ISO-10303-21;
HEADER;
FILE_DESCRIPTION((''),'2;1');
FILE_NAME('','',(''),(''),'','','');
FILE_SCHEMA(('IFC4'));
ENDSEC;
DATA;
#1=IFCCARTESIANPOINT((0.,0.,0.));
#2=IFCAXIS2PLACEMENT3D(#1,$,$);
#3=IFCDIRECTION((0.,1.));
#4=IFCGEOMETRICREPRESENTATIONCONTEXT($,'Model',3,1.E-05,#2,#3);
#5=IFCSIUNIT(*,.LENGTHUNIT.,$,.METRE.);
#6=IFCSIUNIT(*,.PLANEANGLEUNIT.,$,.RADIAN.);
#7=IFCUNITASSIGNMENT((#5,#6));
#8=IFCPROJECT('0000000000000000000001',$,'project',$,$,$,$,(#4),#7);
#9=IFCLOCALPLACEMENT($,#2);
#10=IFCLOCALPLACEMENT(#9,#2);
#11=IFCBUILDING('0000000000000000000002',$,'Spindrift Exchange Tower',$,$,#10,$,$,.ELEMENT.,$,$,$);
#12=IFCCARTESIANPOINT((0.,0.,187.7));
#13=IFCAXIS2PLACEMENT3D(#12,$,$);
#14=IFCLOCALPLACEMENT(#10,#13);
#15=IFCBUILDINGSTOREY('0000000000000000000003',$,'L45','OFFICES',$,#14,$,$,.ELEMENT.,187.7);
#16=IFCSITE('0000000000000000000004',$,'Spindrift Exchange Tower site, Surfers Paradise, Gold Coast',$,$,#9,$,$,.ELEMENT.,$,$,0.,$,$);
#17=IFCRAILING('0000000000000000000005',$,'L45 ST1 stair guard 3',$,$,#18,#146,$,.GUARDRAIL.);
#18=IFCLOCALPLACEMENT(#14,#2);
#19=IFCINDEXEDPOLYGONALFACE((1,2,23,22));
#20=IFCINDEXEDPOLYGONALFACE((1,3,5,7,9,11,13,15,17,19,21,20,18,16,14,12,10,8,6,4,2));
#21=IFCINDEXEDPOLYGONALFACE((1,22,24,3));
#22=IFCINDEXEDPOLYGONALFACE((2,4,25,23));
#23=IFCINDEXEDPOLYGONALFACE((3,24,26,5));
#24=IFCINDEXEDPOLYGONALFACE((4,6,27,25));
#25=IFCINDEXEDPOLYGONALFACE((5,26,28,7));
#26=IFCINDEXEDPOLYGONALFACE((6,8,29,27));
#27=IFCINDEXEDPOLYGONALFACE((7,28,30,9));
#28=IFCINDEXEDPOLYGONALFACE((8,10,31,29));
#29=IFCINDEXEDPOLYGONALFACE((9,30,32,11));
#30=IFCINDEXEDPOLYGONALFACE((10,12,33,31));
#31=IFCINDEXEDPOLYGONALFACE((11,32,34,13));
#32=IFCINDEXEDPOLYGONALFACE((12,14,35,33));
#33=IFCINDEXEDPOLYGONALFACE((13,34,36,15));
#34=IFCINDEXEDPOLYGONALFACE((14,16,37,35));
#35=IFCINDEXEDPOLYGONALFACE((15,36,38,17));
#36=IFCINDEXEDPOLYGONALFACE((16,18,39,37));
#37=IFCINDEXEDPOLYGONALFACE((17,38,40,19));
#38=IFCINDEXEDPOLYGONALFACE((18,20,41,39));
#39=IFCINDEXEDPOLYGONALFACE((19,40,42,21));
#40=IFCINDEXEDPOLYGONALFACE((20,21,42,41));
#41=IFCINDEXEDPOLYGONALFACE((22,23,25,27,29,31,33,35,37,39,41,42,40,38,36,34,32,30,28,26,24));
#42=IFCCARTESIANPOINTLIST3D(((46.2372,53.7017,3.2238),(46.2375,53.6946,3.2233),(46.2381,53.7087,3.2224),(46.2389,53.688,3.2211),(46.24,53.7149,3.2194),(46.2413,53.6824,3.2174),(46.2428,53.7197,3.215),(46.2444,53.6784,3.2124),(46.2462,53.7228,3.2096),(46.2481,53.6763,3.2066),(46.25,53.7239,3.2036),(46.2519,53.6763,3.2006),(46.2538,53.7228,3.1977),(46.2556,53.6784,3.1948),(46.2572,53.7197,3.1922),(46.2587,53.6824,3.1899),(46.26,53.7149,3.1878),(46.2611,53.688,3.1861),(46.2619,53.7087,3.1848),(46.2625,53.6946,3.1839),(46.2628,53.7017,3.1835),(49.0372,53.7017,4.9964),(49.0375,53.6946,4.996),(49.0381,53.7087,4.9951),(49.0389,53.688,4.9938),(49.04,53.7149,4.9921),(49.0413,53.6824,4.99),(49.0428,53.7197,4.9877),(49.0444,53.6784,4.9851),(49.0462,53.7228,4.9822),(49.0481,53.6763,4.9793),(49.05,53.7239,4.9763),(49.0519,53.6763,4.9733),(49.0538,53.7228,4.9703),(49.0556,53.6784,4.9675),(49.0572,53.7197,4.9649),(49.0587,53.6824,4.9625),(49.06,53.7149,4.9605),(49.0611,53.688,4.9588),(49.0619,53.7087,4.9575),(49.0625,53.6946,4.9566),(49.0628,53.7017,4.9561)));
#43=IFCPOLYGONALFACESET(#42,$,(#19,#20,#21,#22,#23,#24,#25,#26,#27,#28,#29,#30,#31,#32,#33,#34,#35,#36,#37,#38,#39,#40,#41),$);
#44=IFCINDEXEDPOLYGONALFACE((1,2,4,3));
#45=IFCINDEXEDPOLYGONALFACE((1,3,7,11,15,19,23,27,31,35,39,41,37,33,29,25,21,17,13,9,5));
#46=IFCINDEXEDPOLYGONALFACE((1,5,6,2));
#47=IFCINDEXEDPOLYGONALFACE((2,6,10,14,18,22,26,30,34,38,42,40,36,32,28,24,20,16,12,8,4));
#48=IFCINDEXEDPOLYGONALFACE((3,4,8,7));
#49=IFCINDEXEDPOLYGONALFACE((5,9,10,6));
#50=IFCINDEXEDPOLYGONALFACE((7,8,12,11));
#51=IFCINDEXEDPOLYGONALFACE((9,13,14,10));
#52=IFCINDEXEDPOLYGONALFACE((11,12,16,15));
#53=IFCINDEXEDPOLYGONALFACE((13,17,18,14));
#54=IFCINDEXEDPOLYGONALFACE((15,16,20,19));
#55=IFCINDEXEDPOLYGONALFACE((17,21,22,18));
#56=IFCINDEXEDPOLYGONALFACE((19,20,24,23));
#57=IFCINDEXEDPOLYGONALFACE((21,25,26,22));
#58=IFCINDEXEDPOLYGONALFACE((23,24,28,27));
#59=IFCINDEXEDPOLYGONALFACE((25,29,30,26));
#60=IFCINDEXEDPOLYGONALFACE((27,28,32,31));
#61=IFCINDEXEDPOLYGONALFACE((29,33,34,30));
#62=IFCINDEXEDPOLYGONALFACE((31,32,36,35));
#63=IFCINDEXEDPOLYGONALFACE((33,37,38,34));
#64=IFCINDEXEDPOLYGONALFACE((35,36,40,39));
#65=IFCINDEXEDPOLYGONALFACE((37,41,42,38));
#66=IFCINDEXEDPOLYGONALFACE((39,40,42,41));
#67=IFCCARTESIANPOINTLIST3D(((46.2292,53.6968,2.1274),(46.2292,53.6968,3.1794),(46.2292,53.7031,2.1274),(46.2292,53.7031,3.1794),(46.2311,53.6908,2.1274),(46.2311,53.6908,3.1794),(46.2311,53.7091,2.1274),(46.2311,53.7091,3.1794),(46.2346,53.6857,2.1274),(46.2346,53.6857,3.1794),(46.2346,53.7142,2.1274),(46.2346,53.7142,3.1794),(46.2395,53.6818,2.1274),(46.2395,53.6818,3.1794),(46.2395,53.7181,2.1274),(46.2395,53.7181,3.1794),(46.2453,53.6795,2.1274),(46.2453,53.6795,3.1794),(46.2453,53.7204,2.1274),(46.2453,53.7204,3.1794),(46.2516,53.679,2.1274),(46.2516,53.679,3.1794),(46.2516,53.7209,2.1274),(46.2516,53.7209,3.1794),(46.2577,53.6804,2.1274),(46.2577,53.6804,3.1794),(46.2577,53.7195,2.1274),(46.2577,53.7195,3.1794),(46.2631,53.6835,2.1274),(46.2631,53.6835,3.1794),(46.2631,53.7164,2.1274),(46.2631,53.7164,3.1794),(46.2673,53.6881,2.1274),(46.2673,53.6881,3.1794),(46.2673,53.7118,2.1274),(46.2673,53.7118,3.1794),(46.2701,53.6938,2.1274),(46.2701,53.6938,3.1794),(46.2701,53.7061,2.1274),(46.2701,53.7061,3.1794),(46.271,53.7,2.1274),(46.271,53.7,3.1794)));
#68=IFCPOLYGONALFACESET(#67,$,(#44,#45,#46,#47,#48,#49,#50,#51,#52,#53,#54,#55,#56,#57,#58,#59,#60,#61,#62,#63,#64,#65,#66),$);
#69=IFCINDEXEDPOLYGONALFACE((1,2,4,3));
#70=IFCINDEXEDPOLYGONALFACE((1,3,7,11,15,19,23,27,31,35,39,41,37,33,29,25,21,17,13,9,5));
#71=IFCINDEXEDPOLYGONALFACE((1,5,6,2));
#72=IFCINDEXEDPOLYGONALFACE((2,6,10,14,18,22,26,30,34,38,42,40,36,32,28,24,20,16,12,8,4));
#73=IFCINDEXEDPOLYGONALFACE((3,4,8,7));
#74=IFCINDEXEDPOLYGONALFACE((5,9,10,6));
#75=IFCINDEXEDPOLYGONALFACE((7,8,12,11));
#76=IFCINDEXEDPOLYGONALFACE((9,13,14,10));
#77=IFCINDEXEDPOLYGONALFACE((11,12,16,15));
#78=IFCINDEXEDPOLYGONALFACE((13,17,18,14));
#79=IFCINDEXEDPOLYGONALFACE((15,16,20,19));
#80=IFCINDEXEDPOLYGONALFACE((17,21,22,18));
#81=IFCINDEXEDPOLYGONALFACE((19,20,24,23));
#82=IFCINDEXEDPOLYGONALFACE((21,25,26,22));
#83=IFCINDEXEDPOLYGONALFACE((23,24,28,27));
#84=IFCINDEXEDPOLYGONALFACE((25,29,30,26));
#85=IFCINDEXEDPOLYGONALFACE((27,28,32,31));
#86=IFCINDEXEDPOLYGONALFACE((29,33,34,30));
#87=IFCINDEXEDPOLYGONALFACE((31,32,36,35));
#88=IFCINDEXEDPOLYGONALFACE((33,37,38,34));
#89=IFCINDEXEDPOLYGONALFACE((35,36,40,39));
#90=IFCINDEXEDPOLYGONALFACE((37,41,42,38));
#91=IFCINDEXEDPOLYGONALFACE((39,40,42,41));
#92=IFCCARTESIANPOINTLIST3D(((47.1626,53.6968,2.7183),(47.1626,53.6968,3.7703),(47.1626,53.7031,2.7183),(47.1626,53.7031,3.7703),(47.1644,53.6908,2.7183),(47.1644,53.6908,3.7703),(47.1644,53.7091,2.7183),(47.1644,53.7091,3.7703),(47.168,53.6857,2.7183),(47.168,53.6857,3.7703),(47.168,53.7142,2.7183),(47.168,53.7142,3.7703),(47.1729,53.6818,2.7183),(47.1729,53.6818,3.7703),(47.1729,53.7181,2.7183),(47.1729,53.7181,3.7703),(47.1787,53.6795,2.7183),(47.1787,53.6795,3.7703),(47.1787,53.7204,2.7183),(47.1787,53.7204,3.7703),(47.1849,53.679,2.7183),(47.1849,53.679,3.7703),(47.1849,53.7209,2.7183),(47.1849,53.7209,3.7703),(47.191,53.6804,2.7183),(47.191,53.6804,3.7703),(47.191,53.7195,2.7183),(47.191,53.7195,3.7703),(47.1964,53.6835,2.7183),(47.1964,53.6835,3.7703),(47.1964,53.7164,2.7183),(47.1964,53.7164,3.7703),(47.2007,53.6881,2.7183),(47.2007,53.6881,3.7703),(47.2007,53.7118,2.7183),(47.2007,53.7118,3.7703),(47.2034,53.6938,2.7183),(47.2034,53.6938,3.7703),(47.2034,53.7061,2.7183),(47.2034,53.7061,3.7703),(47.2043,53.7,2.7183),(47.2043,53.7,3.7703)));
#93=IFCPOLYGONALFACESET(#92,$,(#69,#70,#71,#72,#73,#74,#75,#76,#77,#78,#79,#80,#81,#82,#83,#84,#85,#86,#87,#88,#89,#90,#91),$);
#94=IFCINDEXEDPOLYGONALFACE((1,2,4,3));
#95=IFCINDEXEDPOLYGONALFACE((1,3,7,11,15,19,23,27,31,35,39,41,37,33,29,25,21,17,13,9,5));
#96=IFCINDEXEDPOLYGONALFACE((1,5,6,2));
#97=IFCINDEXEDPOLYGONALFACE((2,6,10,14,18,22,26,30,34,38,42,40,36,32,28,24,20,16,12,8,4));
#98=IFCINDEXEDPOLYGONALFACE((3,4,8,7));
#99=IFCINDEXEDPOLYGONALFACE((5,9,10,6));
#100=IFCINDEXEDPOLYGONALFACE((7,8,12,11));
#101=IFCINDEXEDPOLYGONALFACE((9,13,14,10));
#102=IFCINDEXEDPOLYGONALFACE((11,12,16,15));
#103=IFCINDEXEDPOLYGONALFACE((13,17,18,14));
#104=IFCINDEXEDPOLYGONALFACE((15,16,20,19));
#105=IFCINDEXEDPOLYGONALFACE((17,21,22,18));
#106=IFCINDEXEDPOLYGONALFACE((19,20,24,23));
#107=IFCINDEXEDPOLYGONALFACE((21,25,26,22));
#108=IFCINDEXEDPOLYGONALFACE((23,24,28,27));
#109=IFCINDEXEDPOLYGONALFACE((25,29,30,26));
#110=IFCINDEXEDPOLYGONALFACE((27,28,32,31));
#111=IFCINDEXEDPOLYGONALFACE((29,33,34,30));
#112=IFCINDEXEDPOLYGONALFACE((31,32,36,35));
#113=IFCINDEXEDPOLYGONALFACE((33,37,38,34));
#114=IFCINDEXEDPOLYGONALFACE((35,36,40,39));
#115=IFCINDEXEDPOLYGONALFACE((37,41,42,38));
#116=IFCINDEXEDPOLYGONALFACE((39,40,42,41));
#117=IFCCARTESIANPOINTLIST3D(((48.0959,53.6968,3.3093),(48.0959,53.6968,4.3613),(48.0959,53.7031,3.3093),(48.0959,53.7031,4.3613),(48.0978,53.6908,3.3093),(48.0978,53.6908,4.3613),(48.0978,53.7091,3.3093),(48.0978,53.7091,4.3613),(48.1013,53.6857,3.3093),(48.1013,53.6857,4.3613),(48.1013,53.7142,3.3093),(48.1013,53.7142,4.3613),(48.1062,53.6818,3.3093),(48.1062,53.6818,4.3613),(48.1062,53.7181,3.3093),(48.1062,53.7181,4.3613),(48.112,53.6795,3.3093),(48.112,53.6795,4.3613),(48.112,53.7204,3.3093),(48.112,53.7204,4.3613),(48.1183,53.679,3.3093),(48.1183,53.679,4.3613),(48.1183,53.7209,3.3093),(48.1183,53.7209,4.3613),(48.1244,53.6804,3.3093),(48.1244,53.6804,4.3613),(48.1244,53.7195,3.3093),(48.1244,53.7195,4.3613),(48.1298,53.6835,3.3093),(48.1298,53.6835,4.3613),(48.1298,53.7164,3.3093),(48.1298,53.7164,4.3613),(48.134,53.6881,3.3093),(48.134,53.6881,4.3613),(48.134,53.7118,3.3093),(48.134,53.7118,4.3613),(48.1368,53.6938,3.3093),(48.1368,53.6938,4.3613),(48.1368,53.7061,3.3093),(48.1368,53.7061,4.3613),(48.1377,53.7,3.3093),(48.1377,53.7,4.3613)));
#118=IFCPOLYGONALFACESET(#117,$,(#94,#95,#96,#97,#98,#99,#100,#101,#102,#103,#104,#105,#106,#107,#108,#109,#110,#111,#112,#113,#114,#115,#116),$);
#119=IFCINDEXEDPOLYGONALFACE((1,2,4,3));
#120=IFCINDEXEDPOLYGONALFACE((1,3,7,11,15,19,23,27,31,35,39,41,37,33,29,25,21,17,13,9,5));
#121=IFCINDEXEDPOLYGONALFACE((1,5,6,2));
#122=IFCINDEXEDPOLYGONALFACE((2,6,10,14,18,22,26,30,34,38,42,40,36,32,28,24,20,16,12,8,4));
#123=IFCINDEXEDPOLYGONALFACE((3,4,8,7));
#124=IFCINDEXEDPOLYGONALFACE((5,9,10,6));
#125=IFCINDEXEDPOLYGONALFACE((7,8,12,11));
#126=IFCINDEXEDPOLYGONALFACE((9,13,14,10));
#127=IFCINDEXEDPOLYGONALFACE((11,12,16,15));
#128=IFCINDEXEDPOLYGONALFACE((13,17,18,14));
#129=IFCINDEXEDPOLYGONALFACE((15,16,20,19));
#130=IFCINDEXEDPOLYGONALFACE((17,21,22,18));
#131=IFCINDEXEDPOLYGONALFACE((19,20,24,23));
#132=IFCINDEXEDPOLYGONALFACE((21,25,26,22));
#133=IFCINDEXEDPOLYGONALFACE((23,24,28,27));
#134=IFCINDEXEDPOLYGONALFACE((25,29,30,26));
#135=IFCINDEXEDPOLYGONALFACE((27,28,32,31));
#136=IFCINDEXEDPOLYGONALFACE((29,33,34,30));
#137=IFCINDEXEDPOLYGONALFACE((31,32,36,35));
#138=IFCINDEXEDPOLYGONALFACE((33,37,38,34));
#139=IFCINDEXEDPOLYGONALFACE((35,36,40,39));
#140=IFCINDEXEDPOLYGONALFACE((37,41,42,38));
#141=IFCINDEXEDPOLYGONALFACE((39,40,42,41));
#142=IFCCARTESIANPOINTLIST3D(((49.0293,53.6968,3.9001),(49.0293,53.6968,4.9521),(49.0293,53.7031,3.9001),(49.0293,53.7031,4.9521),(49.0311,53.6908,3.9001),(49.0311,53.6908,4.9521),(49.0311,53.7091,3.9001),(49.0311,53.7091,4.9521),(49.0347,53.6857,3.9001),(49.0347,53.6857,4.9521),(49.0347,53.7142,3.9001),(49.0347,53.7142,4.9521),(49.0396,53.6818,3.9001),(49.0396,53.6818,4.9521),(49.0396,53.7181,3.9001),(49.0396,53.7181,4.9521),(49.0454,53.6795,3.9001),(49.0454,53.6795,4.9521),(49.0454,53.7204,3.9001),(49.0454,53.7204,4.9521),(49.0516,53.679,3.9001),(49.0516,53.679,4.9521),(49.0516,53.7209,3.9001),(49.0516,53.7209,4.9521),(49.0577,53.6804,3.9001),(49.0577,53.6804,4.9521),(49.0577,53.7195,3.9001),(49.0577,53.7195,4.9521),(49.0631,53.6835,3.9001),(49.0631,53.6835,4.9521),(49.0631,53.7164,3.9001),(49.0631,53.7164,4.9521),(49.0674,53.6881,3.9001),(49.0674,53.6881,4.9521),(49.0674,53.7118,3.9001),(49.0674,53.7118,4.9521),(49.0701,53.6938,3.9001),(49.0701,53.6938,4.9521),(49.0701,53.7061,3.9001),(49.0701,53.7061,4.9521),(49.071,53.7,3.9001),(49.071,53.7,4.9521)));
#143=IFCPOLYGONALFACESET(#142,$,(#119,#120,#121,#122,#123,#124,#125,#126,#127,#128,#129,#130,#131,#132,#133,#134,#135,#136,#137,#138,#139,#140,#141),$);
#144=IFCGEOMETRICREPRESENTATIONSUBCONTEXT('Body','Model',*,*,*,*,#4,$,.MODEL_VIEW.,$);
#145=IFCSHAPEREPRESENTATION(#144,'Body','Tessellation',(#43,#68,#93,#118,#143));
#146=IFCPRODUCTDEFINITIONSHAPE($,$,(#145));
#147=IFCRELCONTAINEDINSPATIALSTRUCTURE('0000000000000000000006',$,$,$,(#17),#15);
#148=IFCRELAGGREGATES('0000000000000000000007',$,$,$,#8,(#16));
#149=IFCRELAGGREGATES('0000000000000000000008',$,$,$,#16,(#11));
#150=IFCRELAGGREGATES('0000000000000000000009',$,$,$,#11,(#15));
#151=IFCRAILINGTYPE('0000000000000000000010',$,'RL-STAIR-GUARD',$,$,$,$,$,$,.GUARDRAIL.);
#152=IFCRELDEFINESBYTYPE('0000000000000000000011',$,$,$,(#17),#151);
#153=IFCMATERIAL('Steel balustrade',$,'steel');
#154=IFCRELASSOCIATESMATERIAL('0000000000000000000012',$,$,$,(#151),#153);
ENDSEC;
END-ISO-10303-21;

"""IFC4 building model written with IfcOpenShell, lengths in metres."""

from ifc_helpers import new_model, si_unit, direction, frame, origin, origin_2d, place, context, subcontext, project, spatial, circle, extrude, material, type_object, element, save


model = new_model("IFC4")

# Units and contexts
model_context = context("Model", 3, precision=1e-05, world=origin(), true_north=direction((0.0, 1.0)))
body_context = subcontext(model_context, "Body", "Model", "MODEL_VIEW")
ifc_project = project(units=[si_unit("LENGTHUNIT", "METRE"), si_unit("PLANEANGLEUNIT", "RADIAN")], contexts=[model_context])

# Site, building, storey
site_placement = place(None, origin())
site = spatial("IfcSite", under=ifc_project, at=site_placement, Name="Spindrift Exchange Tower site, Surfers Paradise, Gold Coast", CompositionType="ELEMENT", RefElevation=0.0)
building_placement = place(site_placement, origin())
building = spatial("IfcBuilding", under=site, at=building_placement, Name="Spindrift Exchange Tower", CompositionType="ELEMENT")
storey_placement = place(building_placement, frame((0.0, 0.0, 187.7)))
storey = spatial("IfcBuildingStorey", under=building, at=storey_placement, Name="L45", Description="OFFICES", CompositionType="ELEMENT", Elevation=187.7)

# Railing
ifc_material_1 = material(Name="Steel balustrade", Category="steel")
railing_type_1 = type_object("IfcRailingType", Name="RL-STAIR-GUARD", PredefinedType="GUARDRAIL", material=ifc_material_1)
railing_1_placement = place(storey_placement, frame((46.25, 53.7, 2.1274)))
element("IfcRailing", 1, at=railing_1_placement, inside=storey, type_object=railing_type_1, Name="L45 ST1 stair guard 3", PredefinedType="GUARDRAIL", context=body_context, shape_type="SweptSolid", body=[
    extrude(circle(Radius=0.0239, at=origin_2d()), frame((0.0, 0.0, 1.0762), z_axis=(0.844909, 0.0, 0.53491), x_axis=(0.0, 1.0, 0.0)), (0.0, 0.0, 1.0), 3.314),
    extrude(circle(Radius=0.021, at=origin_2d()), origin(), (0.0, 0.0, 1.0), 1.052),
    extrude(circle(Radius=0.021, at=origin_2d()), frame((0.9333, 0.0, 0.5908)), (0.0, 0.0, 1.0), 1.052),
    extrude(circle(Radius=0.021, at=origin_2d()), frame((1.8667, 0.0, 1.1819)), (0.0, 0.0, 1.0), 1.052),
    extrude(circle(Radius=0.021, at=origin_2d()), frame((2.8, 0.0, 1.7727)), (0.0, 0.0, 1.0), 1.052),
])

save(model, "model.ifc")
